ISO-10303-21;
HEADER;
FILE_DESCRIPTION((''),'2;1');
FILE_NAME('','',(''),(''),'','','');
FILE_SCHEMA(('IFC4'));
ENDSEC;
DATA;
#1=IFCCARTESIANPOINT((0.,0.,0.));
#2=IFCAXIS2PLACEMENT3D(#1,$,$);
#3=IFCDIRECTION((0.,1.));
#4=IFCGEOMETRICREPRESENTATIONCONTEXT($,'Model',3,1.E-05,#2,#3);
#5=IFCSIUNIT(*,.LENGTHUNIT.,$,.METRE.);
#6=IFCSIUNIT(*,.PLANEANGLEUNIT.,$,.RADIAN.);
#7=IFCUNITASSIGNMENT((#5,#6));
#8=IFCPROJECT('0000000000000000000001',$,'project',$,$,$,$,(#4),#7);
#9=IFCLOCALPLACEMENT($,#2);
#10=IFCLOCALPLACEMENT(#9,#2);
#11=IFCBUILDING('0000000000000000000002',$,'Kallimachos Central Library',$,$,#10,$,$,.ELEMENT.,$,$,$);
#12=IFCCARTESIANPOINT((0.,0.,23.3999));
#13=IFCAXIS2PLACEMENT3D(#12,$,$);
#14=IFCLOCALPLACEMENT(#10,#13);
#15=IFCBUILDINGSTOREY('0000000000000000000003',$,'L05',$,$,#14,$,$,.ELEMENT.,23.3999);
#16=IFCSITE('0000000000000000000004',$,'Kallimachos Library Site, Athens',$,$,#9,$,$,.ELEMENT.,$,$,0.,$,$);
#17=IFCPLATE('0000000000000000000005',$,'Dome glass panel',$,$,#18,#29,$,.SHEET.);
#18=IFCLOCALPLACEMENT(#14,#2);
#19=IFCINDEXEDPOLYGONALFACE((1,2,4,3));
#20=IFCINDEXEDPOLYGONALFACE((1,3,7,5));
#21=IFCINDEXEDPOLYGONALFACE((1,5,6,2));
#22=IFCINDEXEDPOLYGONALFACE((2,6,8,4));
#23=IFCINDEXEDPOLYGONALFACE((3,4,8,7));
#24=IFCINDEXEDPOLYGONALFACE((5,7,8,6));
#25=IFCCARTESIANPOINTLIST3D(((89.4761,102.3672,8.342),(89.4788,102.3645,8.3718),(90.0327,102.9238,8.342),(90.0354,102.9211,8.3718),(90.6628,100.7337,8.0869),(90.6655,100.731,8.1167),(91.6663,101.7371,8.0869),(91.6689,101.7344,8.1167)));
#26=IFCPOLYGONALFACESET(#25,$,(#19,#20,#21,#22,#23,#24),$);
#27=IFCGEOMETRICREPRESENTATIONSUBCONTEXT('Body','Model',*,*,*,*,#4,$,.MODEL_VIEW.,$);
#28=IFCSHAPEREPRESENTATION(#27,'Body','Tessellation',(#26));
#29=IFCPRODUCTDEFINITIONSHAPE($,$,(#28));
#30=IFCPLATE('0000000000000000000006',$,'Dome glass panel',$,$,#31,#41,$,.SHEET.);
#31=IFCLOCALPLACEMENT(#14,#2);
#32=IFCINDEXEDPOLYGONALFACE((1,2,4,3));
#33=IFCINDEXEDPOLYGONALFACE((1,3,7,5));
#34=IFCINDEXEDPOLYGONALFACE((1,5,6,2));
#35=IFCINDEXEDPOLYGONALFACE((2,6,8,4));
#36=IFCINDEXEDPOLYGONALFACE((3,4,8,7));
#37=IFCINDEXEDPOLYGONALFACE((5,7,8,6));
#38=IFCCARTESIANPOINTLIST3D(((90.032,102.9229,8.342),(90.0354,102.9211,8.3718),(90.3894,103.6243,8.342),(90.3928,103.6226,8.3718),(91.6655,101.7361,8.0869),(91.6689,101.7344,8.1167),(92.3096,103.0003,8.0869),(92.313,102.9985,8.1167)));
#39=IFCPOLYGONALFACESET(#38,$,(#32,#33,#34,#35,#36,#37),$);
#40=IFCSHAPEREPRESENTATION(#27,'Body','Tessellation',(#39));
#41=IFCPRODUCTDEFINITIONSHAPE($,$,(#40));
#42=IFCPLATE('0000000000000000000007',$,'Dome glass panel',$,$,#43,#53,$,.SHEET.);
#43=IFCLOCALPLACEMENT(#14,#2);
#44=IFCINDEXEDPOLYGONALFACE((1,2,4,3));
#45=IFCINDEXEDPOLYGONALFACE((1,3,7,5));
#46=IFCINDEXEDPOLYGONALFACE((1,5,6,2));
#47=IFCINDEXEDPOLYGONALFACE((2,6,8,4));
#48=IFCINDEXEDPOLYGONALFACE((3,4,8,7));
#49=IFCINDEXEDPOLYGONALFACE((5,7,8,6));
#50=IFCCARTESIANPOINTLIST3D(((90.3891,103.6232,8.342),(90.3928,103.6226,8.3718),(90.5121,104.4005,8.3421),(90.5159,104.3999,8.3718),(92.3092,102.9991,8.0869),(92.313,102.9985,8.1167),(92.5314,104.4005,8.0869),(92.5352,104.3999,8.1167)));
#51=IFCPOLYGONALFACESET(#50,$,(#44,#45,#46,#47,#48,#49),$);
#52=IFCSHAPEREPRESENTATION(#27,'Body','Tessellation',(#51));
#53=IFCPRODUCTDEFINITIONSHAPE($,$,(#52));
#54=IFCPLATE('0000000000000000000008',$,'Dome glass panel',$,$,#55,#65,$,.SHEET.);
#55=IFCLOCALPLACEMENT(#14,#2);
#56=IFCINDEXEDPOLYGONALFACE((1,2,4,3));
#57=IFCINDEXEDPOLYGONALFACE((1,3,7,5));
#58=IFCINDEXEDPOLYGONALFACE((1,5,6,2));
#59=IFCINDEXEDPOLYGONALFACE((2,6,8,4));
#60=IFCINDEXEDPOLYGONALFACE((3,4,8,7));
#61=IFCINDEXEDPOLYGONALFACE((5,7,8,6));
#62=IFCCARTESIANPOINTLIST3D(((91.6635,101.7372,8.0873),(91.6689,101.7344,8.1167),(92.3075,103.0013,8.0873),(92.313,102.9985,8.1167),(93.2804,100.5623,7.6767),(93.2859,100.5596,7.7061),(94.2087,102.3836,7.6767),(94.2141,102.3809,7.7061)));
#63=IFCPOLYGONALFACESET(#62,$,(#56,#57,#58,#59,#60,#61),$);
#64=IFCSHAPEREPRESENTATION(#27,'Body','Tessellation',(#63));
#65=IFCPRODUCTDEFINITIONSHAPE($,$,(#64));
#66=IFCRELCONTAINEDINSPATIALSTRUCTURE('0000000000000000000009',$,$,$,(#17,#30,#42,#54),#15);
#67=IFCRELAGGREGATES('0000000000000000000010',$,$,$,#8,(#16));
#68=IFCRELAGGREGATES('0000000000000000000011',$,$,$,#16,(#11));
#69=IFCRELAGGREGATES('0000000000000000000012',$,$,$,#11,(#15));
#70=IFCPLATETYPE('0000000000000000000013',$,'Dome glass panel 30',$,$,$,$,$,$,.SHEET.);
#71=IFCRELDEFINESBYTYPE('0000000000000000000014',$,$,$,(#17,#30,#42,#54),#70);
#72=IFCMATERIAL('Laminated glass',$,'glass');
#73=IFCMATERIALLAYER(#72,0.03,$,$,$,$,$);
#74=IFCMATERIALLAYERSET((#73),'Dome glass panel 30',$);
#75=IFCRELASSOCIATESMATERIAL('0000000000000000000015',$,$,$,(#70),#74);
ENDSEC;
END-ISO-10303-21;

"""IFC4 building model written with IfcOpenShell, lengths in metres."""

from ifc_helpers import new_model, si_unit, direction, frame, origin, place, context, subcontext, project, spatial, polyline, outline, extrude, material, layer, layer_set, type_object, element, save


model = new_model("IFC4")

# Units and contexts
model_context = context("Model", 3, precision=1e-05, world=origin(), true_north=direction((0.0, 1.0)))
body_context = subcontext(model_context, "Body", "Model", "MODEL_VIEW")
ifc_project = project(units=[si_unit("LENGTHUNIT", "METRE"), si_unit("PLANEANGLEUNIT", "RADIAN")], contexts=[model_context])

# Site, building, storey
site_placement = place(None, origin())
site = spatial("IfcSite", under=ifc_project, at=site_placement, Name="Kallimachos Library Site, Athens", CompositionType="ELEMENT", RefElevation=0.0)
building_placement = place(site_placement, origin())
building = spatial("IfcBuilding", under=site, at=building_placement, Name="Kallimachos Central Library", CompositionType="ELEMENT")
storey_placement = place(building_placement, frame((0.0, 0.0, 23.3999)))
storey = spatial("IfcBuildingStorey", under=building, at=storey_placement, Name="L05", CompositionType="ELEMENT", Elevation=23.3999)

# Plates
ifc_material_1 = material(Name="Laminated glass", Category="glass")
ifc_layer = layer(ifc_material_1, 0.03)
ifc_layer_set = layer_set([ifc_layer], Name="Dome glass panel 30")
plate_type = type_object("IfcPlateType", Name="Dome glass panel 30", PredefinedType="SHEET", material=ifc_layer_set)
plate_1_placement = place(storey_placement, frame((89.4788, 102.3645, 8.3718), z_axis=(0.089729, -0.089729, 0.991916), x_axis=(0.583125, -0.802652, -0.125358)))
element("IfcPlate", 1, at=plate_1_placement, inside=storey, type_object=plate_type, Name="Dome glass panel", PredefinedType="SHEET", context=body_context, shape_type="SweptSolid", body=[
    extrude(outline(polyline([(0.0, 0.0), (2.0352, 0.0), (1.8149, 1.4018), (-0.1222, 0.7777), (0.0, 0.0)])), origin(), (0.0, 0.0, -1.0), 0.03),
])
plate_2_placement = place(storey_placement, frame((90.0354, 102.9211, 8.3718), z_axis=(0.113068, -0.057608, 0.991916), x_axis=(0.802652, -0.583125, -0.125361)))
element("IfcPlate", 2, at=plate_2_placement, inside=storey, type_object=plate_type, Name="Dome glass panel", PredefinedType="SHEET", context=body_context, shape_type="SweptSolid", body=[
    extrude(outline(polyline([(0.0, 0.0), (2.0352, 0.0), (1.815, 1.4016), (-0.1221, 0.7777), (0.0, 0.0)])), origin(), (0.0, 0.0, -1.0), 0.03),
])
plate_3_placement = place(storey_placement, frame((90.3928, 103.6226, 8.3718), z_axis=(0.125331, -0.019859, 0.991916), x_axis=(0.943536, -0.306634, -0.125357)))
element("IfcPlate", 3, at=plate_3_placement, inside=storey, type_object=plate_type, Name="Dome glass panel", PredefinedType="SHEET", context=body_context, shape_type="SweptSolid", body=[
    extrude(outline(polyline([(0.0, 0.0), (2.0351, 0.0), (1.815, 1.4017), (-0.1223, 0.7775), (0.0, 0.0)])), origin(), (0.0, 0.0, -1.0), 0.03),
])
plate_4_placement = place(storey_placement, frame((91.6689, 101.7344, 8.1167), z_axis=(0.181447, -0.092461, 0.979044), x_axis=(0.79246, -0.575768, -0.201243)))
element("IfcPlate", 4, at=plate_4_placement, inside=storey, type_object=plate_type, Name="Dome glass panel", PredefinedType="SHEET", context=body_context, shape_type="SweptSolid", body=[
    extrude(outline(polyline([(0.0, 0.0), (2.0404, 0.0), (1.7274, 2.0201), (-0.2175, 1.402), (0.0, 0.0)])), origin(), (0.0, 0.0, -1.0), 0.03),
])

save(model, "model.ifc")
